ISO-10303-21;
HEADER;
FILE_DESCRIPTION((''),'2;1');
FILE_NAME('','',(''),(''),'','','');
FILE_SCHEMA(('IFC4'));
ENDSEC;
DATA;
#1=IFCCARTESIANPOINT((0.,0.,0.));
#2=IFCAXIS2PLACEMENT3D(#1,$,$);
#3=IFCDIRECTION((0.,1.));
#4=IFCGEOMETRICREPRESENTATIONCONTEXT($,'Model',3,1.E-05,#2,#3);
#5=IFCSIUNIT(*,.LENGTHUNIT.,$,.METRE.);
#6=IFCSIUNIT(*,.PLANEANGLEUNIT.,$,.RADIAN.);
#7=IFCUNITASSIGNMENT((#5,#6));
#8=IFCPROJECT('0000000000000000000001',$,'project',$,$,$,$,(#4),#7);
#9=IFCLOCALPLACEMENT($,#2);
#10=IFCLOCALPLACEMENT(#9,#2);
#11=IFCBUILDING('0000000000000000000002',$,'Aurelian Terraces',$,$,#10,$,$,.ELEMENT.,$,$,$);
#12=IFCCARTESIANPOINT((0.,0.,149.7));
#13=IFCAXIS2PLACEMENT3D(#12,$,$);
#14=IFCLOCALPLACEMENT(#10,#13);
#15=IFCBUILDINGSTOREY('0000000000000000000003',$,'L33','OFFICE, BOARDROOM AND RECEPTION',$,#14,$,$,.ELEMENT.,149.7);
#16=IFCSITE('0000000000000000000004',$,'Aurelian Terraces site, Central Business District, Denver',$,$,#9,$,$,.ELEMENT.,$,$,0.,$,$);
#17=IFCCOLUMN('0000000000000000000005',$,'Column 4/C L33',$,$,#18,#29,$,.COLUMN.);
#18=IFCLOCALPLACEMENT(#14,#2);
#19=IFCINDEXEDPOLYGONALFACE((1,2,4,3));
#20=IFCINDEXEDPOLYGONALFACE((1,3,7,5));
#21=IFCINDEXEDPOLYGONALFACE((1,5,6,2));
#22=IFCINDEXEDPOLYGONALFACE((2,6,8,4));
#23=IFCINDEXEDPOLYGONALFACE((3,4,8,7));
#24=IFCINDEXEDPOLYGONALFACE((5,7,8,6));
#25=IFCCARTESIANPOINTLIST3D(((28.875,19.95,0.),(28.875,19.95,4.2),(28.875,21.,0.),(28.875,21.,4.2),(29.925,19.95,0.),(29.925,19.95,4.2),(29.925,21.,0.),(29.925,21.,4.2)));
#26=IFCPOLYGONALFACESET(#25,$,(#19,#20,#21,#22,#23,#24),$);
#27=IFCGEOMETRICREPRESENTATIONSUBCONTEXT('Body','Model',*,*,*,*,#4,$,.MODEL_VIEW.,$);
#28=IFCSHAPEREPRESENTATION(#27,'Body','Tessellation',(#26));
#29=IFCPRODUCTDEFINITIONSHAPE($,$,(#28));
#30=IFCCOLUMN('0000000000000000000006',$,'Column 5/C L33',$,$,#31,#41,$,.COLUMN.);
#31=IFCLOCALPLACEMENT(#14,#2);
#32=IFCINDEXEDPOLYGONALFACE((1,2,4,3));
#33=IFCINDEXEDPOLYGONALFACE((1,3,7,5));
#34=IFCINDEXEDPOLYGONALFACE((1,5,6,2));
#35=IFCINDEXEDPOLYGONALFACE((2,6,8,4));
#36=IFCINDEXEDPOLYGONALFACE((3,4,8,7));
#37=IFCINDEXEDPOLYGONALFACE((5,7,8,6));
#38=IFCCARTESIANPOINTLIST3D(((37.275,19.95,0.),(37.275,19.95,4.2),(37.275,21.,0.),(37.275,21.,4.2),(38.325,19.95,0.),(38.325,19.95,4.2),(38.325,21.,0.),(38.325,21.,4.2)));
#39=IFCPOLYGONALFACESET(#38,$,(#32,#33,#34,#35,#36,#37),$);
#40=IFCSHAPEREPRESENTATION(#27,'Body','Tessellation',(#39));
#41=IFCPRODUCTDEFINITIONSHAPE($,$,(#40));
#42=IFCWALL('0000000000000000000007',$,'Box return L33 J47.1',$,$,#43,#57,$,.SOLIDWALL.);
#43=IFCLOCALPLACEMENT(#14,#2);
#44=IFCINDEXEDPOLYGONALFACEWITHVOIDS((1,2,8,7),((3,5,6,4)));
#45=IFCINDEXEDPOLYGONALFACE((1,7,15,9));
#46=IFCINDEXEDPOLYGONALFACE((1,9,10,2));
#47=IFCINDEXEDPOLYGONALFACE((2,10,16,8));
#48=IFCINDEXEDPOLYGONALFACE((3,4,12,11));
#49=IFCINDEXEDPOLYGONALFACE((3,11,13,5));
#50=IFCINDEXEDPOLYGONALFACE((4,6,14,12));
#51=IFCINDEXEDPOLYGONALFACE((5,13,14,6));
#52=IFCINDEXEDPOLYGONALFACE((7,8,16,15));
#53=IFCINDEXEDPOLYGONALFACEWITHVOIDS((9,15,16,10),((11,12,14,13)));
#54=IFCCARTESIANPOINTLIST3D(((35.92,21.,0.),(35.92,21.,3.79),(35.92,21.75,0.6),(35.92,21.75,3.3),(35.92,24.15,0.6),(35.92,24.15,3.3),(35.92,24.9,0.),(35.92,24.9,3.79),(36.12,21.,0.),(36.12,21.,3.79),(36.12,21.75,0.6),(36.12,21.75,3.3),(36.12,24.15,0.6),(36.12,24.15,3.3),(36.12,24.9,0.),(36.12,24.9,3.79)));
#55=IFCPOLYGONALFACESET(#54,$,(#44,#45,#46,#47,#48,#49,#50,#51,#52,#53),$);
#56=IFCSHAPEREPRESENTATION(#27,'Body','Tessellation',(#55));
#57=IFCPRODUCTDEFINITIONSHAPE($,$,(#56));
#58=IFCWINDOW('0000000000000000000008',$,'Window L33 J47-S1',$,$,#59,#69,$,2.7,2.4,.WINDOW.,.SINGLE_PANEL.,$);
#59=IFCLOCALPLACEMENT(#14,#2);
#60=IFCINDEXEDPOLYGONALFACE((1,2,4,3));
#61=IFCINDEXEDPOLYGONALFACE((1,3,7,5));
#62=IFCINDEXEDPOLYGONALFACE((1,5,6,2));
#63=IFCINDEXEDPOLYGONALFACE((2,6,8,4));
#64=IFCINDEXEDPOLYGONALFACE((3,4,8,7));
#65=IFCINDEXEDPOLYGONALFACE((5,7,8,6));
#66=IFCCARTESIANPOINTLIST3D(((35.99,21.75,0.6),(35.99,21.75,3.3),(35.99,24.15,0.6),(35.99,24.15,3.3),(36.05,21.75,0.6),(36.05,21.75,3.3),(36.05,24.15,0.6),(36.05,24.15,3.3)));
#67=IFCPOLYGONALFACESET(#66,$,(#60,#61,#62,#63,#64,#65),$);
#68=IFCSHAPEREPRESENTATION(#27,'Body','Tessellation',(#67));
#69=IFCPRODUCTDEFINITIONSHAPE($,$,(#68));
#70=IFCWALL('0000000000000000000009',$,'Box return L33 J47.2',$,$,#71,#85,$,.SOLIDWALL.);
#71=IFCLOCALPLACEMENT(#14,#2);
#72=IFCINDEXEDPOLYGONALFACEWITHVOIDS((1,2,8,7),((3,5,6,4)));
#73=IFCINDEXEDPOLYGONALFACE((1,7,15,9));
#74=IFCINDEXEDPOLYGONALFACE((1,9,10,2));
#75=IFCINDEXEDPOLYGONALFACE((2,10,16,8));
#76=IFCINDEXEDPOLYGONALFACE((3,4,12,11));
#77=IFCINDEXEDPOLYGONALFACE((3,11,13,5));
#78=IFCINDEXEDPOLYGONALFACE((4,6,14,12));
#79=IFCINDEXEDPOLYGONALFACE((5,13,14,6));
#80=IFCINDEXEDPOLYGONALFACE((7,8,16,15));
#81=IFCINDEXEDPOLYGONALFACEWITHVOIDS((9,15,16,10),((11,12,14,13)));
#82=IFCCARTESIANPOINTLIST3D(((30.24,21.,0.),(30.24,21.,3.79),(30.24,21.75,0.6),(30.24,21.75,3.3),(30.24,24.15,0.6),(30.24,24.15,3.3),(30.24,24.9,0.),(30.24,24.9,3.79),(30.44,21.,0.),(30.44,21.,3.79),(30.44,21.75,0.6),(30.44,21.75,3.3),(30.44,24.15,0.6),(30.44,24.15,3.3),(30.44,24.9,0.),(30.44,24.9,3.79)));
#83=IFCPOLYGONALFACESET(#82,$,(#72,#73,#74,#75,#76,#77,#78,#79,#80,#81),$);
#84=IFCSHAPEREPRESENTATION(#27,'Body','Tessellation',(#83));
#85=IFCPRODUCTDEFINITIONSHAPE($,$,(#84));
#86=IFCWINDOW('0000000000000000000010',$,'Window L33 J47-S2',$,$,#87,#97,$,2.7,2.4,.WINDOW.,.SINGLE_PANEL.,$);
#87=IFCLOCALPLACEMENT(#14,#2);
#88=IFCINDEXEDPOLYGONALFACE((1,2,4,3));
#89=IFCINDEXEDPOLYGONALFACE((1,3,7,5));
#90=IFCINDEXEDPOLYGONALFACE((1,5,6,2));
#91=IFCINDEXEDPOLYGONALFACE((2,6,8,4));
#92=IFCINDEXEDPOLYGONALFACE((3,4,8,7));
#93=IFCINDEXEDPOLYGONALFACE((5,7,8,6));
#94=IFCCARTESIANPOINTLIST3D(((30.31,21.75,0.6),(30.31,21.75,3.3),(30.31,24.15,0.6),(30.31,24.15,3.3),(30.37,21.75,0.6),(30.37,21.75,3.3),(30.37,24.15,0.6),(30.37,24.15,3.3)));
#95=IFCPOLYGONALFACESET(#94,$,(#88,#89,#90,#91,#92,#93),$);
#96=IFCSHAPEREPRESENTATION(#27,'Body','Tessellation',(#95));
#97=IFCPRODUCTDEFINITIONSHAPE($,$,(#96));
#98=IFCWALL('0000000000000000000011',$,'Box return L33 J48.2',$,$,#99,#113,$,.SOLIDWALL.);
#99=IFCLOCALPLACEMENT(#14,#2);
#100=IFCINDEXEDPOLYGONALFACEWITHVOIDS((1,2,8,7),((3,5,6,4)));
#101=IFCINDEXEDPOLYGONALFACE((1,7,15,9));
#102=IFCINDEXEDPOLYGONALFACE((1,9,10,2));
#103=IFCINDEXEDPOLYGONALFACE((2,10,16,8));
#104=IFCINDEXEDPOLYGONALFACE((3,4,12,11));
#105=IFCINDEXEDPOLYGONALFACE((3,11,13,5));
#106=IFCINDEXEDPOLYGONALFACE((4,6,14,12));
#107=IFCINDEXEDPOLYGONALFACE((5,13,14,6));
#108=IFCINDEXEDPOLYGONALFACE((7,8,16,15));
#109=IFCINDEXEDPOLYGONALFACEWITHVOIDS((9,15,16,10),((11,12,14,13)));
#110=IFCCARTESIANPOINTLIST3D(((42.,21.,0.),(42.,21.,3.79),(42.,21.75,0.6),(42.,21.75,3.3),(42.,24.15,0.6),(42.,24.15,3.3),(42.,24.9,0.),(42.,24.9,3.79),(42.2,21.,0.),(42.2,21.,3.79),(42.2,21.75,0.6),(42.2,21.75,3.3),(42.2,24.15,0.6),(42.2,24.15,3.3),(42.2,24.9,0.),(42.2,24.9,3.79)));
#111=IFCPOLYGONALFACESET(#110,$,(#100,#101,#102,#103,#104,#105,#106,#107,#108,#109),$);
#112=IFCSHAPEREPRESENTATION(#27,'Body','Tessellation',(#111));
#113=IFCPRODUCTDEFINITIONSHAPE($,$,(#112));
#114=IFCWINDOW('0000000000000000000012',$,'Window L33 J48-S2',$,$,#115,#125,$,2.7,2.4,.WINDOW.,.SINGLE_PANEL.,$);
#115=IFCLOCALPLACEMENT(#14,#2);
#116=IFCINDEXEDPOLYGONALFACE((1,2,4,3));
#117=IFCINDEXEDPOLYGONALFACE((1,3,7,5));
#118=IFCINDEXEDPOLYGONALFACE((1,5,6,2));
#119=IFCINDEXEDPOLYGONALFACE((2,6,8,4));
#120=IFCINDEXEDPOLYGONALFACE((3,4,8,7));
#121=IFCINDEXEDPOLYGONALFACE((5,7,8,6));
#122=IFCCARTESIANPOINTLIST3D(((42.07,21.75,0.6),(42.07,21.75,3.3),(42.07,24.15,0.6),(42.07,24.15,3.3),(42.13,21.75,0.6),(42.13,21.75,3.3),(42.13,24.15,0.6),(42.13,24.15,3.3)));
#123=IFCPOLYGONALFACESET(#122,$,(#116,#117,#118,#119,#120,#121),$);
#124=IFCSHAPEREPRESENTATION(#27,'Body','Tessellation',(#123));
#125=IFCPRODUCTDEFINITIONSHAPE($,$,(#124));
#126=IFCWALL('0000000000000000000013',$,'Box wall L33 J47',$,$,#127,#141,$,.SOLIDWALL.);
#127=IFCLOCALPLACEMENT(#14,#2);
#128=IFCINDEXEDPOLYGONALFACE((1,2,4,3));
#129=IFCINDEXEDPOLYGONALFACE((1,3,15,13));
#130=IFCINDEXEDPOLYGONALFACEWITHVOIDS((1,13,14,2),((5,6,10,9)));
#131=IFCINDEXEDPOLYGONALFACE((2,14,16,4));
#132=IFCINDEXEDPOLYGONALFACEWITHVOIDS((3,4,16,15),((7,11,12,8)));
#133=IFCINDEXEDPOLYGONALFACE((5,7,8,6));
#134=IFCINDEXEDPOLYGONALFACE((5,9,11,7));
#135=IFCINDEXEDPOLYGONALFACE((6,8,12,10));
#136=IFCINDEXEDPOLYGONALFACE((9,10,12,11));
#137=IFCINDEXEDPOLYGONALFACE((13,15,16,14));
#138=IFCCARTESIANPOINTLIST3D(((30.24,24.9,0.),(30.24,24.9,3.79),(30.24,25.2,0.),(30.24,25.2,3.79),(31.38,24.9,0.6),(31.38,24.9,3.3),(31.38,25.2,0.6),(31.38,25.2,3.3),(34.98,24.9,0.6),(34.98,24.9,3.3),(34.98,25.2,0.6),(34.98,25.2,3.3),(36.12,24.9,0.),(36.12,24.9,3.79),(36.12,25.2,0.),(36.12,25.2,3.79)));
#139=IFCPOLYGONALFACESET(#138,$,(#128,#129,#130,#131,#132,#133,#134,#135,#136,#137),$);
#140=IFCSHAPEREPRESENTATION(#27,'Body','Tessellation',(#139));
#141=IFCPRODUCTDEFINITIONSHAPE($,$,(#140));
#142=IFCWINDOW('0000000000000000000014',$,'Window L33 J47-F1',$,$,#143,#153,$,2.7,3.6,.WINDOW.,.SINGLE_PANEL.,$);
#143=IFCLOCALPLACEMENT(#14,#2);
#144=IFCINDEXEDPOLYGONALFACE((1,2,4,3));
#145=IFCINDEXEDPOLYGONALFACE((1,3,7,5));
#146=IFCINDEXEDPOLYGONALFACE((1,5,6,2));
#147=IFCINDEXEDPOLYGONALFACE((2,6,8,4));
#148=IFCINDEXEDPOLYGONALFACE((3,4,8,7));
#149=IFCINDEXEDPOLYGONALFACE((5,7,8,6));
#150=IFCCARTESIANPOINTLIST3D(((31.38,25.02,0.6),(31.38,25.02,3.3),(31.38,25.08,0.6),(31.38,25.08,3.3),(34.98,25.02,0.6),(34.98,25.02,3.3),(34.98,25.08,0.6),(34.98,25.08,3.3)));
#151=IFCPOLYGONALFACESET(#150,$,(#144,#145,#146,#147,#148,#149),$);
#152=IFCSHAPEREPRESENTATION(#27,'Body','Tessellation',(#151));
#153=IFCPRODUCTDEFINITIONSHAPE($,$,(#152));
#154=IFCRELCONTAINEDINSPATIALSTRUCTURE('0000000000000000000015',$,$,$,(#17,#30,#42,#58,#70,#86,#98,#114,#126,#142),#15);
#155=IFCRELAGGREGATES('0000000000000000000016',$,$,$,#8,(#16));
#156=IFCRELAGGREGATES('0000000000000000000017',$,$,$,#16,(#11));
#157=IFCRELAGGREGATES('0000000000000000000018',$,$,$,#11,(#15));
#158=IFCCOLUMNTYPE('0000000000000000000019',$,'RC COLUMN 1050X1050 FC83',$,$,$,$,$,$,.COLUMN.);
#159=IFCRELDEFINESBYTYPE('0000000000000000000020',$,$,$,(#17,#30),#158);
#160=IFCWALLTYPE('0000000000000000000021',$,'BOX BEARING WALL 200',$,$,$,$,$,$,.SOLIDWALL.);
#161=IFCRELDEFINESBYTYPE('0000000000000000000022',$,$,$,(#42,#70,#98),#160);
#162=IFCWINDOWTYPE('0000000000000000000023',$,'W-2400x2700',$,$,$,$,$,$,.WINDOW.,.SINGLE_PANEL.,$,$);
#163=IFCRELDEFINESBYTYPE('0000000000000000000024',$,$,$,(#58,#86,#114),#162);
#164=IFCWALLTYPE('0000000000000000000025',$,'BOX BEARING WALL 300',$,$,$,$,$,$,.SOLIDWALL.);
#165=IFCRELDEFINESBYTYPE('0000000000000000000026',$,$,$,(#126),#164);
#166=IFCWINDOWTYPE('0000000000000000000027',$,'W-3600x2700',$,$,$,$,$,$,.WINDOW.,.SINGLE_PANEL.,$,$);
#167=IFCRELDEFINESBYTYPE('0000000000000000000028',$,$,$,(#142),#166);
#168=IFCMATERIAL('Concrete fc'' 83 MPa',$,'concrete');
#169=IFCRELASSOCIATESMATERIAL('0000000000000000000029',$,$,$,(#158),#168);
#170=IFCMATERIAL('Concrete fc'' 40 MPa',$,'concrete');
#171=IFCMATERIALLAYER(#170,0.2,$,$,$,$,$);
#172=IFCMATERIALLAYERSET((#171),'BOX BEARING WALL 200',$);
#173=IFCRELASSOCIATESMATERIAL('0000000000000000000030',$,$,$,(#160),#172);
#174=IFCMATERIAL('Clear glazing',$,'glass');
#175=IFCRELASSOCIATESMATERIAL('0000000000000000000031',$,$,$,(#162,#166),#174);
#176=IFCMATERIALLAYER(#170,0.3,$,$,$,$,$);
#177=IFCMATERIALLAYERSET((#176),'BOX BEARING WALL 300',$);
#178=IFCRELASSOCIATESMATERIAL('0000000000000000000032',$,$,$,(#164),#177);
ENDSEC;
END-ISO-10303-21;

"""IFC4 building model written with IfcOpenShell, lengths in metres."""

from ifc_helpers import new_model, si_unit, direction, frame, frame_2d, origin, origin_2d, place, context, subcontext, project, spatial, rectangle, extrude, source, transform, mapped, material, layer, layer_set, material_profile, profile_set, type_object, element, fill, save


model = new_model("IFC4")

# Units and contexts
model_context = context("Model", 3, precision=1e-05, world=origin(), true_north=direction((0.0, 1.0)))
body_context = subcontext(model_context, "Body", "Model", "MODEL_VIEW")
ifc_project = project(units=[si_unit("LENGTHUNIT", "METRE"), si_unit("PLANEANGLEUNIT", "RADIAN")], contexts=[model_context])

# Site, building, storey
site_placement = place(None, origin())
site = spatial("IfcSite", under=ifc_project, at=site_placement, Name="Aurelian Terraces site, Central Business District, Denver", CompositionType="ELEMENT", RefElevation=0.0)
building_placement = place(site_placement, origin())
building = spatial("IfcBuilding", under=site, at=building_placement, Name="Aurelian Terraces", CompositionType="ELEMENT")
storey_placement = place(building_placement, frame((0.0, 0.0, 149.7)))
storey = spatial("IfcBuildingStorey", under=building, at=storey_placement, Name="L33", Description="OFFICE, BOARDROOM AND RECEPTION", CompositionType="ELEMENT", Elevation=149.7)

# Columns
ifc_material_1 = material(Name="Concrete fc' 83 MPa", Category="concrete")
ifc_material_profile = material_profile(ifc_material_1, rectangle(XDim=1.05, YDim=1.05, at=origin_2d()))
ifc_profile_set = profile_set([ifc_material_profile], Name="Concrete fc' 83 MPa")
column_type = type_object("IfcColumnType", Name="RC COLUMN 1050X1050 FC83", PredefinedType="COLUMN", material=ifc_profile_set)
shared_shape_1 = source(origin(), body_context, "Body", "SweptSolid", [
    extrude(rectangle(XDim=1.05, YDim=1.05, at=origin_2d()), origin(), (0.0, 0.0, 1.0), 4.2),
])
for number, where, z_axis, x_axis, name in (
    (1, (29.4, 20.475, 0.0), (0.0, 0.0, 1.0), (1.0, 0.0, 0.0), "Column 4/C L33"),
    (2, (37.8, 20.475, 0.0), (0.0, 0.0, 1.0), (1.0, 0.0, 0.0), "Column 5/C L33"),
):
    element("IfcColumn", number, at=place(storey_placement, frame(where, z_axis=z_axis, x_axis=x_axis)), inside=storey, type_object=column_type, Name=name, PredefinedType="COLUMN", context=body_context, shape_type="MappedRepresentation", body=[
        mapped(shared_shape_1, transform((0.0, 0.0, 0.0), scale=1.0)),
    ])

# Walls, openings, windows
ifc_material_2 = material(Name="Concrete fc' 40 MPa", Category="concrete")
ifc_layer_1 = layer(ifc_material_2, 0.2)
ifc_layer_set_1 = layer_set([ifc_layer_1], Name="BOX BEARING WALL 200")
wall_type_1 = type_object("IfcWallType", Name="BOX BEARING WALL 200", PredefinedType="SOLIDWALL", material=ifc_layer_set_1)
shared_shape_2 = source(origin(), body_context, "Body", "SweptSolid", [
    extrude(rectangle(XDim=3.9, YDim=0.2, at=frame_2d((1.95, 0.0))), origin(), (0.0, 0.0, 1.0), 3.79),
])
wall_1_placement = place(storey_placement, frame((36.02, 21.0, 0.0), z_axis=(0.0, 0.0, 1.0), x_axis=(0.0, 1.0, 0.0)))
wall_1 = element("IfcWall", 3, at=wall_1_placement, inside=storey, type_object=wall_type_1, Name="Box return L33 J47.1", PredefinedType="SOLIDWALL", context=body_context, shape_type="MappedRepresentation", body=[
    mapped(shared_shape_2, transform((0.0, 0.0, 0.0), scale=1.0)),
])
shared_shape_3 = source(origin(), body_context, "Body", "SweptSolid", [
    extrude(rectangle(XDim=2.4, YDim=2.7, at=frame_2d((1.2, 1.35))), frame((0.0, 0.11, 0.0), z_axis=(0.0, -1.0, 0.0), x_axis=(1.0, 0.0, 0.0)), (0.0, 0.0, 1.0), 0.22),
])
opening_1_placement = place(wall_1_placement, frame((0.75, 0.0, 0.6)))
opening_1 = element("IfcOpeningElement", 4, at=opening_1_placement, cuts=wall_1, PredefinedType="OPENING", context=body_context, shape_type="MappedRepresentation", body=[
    mapped(shared_shape_3, transform((0.0, 0.0, 0.0), scale=1.0)),
])
ifc_material_3 = material(Name="Clear glazing", Category="glass")
window_type_1 = type_object("IfcWindowType", Name="W-2400x2700", PartitioningType="SINGLE_PANEL", PredefinedType="WINDOW", material=ifc_material_3)
shared_shape_4 = source(origin(), body_context, "Body", "SweptSolid", [
    extrude(rectangle(XDim=2.4, YDim=2.7, at=frame_2d((1.2, 1.35))), frame((0.0, 0.03, 0.0), z_axis=(0.0, -1.0, 0.0), x_axis=(1.0, 0.0, 0.0)), (0.0, 0.0, 1.0), 0.06),
])
window_1_placement = place(opening_1_placement, origin())
window_1 = element("IfcWindow", 5, at=window_1_placement, inside=storey, type_object=window_type_1, Name="Window L33 J47-S1", OverallHeight=2.7, OverallWidth=2.4, PartitioningType="SINGLE_PANEL", PredefinedType="WINDOW", context=body_context, shape_type="MappedRepresentation", body=[
    mapped(shared_shape_4, transform((0.0, 0.0, 0.0), scale=1.0)),
])
fill(opening_1, window_1)
wall_2_placement = place(storey_placement, frame((30.34, 21.0, 0.0), z_axis=(0.0, 0.0, 1.0), x_axis=(0.0, 1.0, 0.0)))
wall_2 = element("IfcWall", 6, at=wall_2_placement, inside=storey, type_object=wall_type_1, Name="Box return L33 J47.2", PredefinedType="SOLIDWALL", context=body_context, shape_type="MappedRepresentation", body=[
    mapped(shared_shape_2, transform((0.0, 0.0, 0.0), scale=1.0)),
])
opening_2_placement = place(wall_2_placement, frame((0.75, 0.0, 0.6)))
opening_2 = element("IfcOpeningElement", 7, at=opening_2_placement, cuts=wall_2, PredefinedType="OPENING", context=body_context, shape_type="MappedRepresentation", body=[
    mapped(shared_shape_3, transform((0.0, 0.0, 0.0), scale=1.0)),
])
window_2_placement = place(opening_2_placement, origin())
window_2 = element("IfcWindow", 8, at=window_2_placement, inside=storey, type_object=window_type_1, Name="Window L33 J47-S2", OverallHeight=2.7, OverallWidth=2.4, PartitioningType="SINGLE_PANEL", PredefinedType="WINDOW", context=body_context, shape_type="MappedRepresentation", body=[
    mapped(shared_shape_4, transform((0.0, 0.0, 0.0), scale=1.0)),
])
fill(opening_2, window_2)
wall_3_placement = place(storey_placement, frame((42.1, 21.0, 0.0), z_axis=(0.0, 0.0, 1.0), x_axis=(0.0, 1.0, 0.0)))
wall_3 = element("IfcWall", 9, at=wall_3_placement, inside=storey, type_object=wall_type_1, Name="Box return L33 J48.2", PredefinedType="SOLIDWALL", context=body_context, shape_type="MappedRepresentation", body=[
    mapped(shared_shape_2, transform((0.0, 0.0, 0.0), scale=1.0)),
])
opening_3_placement = place(wall_3_placement, frame((0.75, 0.0, 0.6)))
opening_3 = element("IfcOpeningElement", 10, at=opening_3_placement, cuts=wall_3, PredefinedType="OPENING", context=body_context, shape_type="MappedRepresentation", body=[
    mapped(shared_shape_3, transform((0.0, 0.0, 0.0), scale=1.0)),
])
window_3_placement = place(opening_3_placement, origin())
window_3 = element("IfcWindow", 11, at=window_3_placement, inside=storey, type_object=window_type_1, Name="Window L33 J48-S2", OverallHeight=2.7, OverallWidth=2.4, PartitioningType="SINGLE_PANEL", PredefinedType="WINDOW", context=body_context, shape_type="MappedRepresentation", body=[
    mapped(shared_shape_4, transform((0.0, 0.0, 0.0), scale=1.0)),
])
fill(opening_3, window_3)
ifc_layer_2 = layer(ifc_material_2, 0.3)
ifc_layer_set_2 = layer_set([ifc_layer_2], Name="BOX BEARING WALL 300")
wall_type_2 = type_object("IfcWallType", Name="BOX BEARING WALL 300", PredefinedType="SOLIDWALL", material=ifc_layer_set_2)
shared_shape_5 = source(origin(), body_context, "Body", "SweptSolid", [
    extrude(rectangle(XDim=5.88, YDim=0.3, at=frame_2d((2.94, 0.0))), origin(), (0.0, 0.0, 1.0), 3.79),
])
wall_4_placement = place(storey_placement, frame((36.12, 25.05, 0.0), z_axis=(0.0, 0.0, 1.0), x_axis=(-1.0, 0.0, 0.0)))
wall_4 = element("IfcWall", 12, at=wall_4_placement, inside=storey, type_object=wall_type_2, Name="Box wall L33 J47", PredefinedType="SOLIDWALL", context=body_context, shape_type="MappedRepresentation", body=[
    mapped(shared_shape_5, transform((0.0, 0.0, 0.0), scale=1.0)),
])
shared_shape_6 = source(origin(), body_context, "Body", "SweptSolid", [
    extrude(rectangle(XDim=3.6, YDim=2.7, at=frame_2d((1.8, 1.35))), frame((0.0, 0.16, 0.0), z_axis=(0.0, -1.0, 0.0), x_axis=(1.0, 0.0, 0.0)), (0.0, 0.0, 1.0), 0.32),
])
opening_4_placement = place(wall_4_placement, frame((1.14, 0.0, 0.6)))
opening_4 = element("IfcOpeningElement", 13, at=opening_4_placement, cuts=wall_4, PredefinedType="OPENING", context=body_context, shape_type="MappedRepresentation", body=[
    mapped(shared_shape_6, transform((0.0, 0.0, 0.0), scale=1.0)),
])
window_type_2 = type_object("IfcWindowType", Name="W-3600x2700", PartitioningType="SINGLE_PANEL", PredefinedType="WINDOW", material=ifc_material_3)
shared_shape_7 = source(origin(), body_context, "Body", "SweptSolid", [
    extrude(rectangle(XDim=3.6, YDim=2.7, at=frame_2d((1.8, 1.35))), frame((0.0, 0.03, 0.0), z_axis=(0.0, -1.0, 0.0), x_axis=(1.0, 0.0, 0.0)), (0.0, 0.0, 1.0), 0.06),
])
window_4_placement = place(opening_4_placement, origin())
window_4 = element("IfcWindow", 14, at=window_4_placement, inside=storey, type_object=window_type_2, Name="Window L33 J47-F1", OverallHeight=2.7, OverallWidth=3.6, PartitioningType="SINGLE_PANEL", PredefinedType="WINDOW", context=body_context, shape_type="MappedRepresentation", body=[
    mapped(shared_shape_7, transform((0.0, 0.0, 0.0), scale=1.0)),
])
fill(opening_4, window_4)

save(model, "model.ifc")
